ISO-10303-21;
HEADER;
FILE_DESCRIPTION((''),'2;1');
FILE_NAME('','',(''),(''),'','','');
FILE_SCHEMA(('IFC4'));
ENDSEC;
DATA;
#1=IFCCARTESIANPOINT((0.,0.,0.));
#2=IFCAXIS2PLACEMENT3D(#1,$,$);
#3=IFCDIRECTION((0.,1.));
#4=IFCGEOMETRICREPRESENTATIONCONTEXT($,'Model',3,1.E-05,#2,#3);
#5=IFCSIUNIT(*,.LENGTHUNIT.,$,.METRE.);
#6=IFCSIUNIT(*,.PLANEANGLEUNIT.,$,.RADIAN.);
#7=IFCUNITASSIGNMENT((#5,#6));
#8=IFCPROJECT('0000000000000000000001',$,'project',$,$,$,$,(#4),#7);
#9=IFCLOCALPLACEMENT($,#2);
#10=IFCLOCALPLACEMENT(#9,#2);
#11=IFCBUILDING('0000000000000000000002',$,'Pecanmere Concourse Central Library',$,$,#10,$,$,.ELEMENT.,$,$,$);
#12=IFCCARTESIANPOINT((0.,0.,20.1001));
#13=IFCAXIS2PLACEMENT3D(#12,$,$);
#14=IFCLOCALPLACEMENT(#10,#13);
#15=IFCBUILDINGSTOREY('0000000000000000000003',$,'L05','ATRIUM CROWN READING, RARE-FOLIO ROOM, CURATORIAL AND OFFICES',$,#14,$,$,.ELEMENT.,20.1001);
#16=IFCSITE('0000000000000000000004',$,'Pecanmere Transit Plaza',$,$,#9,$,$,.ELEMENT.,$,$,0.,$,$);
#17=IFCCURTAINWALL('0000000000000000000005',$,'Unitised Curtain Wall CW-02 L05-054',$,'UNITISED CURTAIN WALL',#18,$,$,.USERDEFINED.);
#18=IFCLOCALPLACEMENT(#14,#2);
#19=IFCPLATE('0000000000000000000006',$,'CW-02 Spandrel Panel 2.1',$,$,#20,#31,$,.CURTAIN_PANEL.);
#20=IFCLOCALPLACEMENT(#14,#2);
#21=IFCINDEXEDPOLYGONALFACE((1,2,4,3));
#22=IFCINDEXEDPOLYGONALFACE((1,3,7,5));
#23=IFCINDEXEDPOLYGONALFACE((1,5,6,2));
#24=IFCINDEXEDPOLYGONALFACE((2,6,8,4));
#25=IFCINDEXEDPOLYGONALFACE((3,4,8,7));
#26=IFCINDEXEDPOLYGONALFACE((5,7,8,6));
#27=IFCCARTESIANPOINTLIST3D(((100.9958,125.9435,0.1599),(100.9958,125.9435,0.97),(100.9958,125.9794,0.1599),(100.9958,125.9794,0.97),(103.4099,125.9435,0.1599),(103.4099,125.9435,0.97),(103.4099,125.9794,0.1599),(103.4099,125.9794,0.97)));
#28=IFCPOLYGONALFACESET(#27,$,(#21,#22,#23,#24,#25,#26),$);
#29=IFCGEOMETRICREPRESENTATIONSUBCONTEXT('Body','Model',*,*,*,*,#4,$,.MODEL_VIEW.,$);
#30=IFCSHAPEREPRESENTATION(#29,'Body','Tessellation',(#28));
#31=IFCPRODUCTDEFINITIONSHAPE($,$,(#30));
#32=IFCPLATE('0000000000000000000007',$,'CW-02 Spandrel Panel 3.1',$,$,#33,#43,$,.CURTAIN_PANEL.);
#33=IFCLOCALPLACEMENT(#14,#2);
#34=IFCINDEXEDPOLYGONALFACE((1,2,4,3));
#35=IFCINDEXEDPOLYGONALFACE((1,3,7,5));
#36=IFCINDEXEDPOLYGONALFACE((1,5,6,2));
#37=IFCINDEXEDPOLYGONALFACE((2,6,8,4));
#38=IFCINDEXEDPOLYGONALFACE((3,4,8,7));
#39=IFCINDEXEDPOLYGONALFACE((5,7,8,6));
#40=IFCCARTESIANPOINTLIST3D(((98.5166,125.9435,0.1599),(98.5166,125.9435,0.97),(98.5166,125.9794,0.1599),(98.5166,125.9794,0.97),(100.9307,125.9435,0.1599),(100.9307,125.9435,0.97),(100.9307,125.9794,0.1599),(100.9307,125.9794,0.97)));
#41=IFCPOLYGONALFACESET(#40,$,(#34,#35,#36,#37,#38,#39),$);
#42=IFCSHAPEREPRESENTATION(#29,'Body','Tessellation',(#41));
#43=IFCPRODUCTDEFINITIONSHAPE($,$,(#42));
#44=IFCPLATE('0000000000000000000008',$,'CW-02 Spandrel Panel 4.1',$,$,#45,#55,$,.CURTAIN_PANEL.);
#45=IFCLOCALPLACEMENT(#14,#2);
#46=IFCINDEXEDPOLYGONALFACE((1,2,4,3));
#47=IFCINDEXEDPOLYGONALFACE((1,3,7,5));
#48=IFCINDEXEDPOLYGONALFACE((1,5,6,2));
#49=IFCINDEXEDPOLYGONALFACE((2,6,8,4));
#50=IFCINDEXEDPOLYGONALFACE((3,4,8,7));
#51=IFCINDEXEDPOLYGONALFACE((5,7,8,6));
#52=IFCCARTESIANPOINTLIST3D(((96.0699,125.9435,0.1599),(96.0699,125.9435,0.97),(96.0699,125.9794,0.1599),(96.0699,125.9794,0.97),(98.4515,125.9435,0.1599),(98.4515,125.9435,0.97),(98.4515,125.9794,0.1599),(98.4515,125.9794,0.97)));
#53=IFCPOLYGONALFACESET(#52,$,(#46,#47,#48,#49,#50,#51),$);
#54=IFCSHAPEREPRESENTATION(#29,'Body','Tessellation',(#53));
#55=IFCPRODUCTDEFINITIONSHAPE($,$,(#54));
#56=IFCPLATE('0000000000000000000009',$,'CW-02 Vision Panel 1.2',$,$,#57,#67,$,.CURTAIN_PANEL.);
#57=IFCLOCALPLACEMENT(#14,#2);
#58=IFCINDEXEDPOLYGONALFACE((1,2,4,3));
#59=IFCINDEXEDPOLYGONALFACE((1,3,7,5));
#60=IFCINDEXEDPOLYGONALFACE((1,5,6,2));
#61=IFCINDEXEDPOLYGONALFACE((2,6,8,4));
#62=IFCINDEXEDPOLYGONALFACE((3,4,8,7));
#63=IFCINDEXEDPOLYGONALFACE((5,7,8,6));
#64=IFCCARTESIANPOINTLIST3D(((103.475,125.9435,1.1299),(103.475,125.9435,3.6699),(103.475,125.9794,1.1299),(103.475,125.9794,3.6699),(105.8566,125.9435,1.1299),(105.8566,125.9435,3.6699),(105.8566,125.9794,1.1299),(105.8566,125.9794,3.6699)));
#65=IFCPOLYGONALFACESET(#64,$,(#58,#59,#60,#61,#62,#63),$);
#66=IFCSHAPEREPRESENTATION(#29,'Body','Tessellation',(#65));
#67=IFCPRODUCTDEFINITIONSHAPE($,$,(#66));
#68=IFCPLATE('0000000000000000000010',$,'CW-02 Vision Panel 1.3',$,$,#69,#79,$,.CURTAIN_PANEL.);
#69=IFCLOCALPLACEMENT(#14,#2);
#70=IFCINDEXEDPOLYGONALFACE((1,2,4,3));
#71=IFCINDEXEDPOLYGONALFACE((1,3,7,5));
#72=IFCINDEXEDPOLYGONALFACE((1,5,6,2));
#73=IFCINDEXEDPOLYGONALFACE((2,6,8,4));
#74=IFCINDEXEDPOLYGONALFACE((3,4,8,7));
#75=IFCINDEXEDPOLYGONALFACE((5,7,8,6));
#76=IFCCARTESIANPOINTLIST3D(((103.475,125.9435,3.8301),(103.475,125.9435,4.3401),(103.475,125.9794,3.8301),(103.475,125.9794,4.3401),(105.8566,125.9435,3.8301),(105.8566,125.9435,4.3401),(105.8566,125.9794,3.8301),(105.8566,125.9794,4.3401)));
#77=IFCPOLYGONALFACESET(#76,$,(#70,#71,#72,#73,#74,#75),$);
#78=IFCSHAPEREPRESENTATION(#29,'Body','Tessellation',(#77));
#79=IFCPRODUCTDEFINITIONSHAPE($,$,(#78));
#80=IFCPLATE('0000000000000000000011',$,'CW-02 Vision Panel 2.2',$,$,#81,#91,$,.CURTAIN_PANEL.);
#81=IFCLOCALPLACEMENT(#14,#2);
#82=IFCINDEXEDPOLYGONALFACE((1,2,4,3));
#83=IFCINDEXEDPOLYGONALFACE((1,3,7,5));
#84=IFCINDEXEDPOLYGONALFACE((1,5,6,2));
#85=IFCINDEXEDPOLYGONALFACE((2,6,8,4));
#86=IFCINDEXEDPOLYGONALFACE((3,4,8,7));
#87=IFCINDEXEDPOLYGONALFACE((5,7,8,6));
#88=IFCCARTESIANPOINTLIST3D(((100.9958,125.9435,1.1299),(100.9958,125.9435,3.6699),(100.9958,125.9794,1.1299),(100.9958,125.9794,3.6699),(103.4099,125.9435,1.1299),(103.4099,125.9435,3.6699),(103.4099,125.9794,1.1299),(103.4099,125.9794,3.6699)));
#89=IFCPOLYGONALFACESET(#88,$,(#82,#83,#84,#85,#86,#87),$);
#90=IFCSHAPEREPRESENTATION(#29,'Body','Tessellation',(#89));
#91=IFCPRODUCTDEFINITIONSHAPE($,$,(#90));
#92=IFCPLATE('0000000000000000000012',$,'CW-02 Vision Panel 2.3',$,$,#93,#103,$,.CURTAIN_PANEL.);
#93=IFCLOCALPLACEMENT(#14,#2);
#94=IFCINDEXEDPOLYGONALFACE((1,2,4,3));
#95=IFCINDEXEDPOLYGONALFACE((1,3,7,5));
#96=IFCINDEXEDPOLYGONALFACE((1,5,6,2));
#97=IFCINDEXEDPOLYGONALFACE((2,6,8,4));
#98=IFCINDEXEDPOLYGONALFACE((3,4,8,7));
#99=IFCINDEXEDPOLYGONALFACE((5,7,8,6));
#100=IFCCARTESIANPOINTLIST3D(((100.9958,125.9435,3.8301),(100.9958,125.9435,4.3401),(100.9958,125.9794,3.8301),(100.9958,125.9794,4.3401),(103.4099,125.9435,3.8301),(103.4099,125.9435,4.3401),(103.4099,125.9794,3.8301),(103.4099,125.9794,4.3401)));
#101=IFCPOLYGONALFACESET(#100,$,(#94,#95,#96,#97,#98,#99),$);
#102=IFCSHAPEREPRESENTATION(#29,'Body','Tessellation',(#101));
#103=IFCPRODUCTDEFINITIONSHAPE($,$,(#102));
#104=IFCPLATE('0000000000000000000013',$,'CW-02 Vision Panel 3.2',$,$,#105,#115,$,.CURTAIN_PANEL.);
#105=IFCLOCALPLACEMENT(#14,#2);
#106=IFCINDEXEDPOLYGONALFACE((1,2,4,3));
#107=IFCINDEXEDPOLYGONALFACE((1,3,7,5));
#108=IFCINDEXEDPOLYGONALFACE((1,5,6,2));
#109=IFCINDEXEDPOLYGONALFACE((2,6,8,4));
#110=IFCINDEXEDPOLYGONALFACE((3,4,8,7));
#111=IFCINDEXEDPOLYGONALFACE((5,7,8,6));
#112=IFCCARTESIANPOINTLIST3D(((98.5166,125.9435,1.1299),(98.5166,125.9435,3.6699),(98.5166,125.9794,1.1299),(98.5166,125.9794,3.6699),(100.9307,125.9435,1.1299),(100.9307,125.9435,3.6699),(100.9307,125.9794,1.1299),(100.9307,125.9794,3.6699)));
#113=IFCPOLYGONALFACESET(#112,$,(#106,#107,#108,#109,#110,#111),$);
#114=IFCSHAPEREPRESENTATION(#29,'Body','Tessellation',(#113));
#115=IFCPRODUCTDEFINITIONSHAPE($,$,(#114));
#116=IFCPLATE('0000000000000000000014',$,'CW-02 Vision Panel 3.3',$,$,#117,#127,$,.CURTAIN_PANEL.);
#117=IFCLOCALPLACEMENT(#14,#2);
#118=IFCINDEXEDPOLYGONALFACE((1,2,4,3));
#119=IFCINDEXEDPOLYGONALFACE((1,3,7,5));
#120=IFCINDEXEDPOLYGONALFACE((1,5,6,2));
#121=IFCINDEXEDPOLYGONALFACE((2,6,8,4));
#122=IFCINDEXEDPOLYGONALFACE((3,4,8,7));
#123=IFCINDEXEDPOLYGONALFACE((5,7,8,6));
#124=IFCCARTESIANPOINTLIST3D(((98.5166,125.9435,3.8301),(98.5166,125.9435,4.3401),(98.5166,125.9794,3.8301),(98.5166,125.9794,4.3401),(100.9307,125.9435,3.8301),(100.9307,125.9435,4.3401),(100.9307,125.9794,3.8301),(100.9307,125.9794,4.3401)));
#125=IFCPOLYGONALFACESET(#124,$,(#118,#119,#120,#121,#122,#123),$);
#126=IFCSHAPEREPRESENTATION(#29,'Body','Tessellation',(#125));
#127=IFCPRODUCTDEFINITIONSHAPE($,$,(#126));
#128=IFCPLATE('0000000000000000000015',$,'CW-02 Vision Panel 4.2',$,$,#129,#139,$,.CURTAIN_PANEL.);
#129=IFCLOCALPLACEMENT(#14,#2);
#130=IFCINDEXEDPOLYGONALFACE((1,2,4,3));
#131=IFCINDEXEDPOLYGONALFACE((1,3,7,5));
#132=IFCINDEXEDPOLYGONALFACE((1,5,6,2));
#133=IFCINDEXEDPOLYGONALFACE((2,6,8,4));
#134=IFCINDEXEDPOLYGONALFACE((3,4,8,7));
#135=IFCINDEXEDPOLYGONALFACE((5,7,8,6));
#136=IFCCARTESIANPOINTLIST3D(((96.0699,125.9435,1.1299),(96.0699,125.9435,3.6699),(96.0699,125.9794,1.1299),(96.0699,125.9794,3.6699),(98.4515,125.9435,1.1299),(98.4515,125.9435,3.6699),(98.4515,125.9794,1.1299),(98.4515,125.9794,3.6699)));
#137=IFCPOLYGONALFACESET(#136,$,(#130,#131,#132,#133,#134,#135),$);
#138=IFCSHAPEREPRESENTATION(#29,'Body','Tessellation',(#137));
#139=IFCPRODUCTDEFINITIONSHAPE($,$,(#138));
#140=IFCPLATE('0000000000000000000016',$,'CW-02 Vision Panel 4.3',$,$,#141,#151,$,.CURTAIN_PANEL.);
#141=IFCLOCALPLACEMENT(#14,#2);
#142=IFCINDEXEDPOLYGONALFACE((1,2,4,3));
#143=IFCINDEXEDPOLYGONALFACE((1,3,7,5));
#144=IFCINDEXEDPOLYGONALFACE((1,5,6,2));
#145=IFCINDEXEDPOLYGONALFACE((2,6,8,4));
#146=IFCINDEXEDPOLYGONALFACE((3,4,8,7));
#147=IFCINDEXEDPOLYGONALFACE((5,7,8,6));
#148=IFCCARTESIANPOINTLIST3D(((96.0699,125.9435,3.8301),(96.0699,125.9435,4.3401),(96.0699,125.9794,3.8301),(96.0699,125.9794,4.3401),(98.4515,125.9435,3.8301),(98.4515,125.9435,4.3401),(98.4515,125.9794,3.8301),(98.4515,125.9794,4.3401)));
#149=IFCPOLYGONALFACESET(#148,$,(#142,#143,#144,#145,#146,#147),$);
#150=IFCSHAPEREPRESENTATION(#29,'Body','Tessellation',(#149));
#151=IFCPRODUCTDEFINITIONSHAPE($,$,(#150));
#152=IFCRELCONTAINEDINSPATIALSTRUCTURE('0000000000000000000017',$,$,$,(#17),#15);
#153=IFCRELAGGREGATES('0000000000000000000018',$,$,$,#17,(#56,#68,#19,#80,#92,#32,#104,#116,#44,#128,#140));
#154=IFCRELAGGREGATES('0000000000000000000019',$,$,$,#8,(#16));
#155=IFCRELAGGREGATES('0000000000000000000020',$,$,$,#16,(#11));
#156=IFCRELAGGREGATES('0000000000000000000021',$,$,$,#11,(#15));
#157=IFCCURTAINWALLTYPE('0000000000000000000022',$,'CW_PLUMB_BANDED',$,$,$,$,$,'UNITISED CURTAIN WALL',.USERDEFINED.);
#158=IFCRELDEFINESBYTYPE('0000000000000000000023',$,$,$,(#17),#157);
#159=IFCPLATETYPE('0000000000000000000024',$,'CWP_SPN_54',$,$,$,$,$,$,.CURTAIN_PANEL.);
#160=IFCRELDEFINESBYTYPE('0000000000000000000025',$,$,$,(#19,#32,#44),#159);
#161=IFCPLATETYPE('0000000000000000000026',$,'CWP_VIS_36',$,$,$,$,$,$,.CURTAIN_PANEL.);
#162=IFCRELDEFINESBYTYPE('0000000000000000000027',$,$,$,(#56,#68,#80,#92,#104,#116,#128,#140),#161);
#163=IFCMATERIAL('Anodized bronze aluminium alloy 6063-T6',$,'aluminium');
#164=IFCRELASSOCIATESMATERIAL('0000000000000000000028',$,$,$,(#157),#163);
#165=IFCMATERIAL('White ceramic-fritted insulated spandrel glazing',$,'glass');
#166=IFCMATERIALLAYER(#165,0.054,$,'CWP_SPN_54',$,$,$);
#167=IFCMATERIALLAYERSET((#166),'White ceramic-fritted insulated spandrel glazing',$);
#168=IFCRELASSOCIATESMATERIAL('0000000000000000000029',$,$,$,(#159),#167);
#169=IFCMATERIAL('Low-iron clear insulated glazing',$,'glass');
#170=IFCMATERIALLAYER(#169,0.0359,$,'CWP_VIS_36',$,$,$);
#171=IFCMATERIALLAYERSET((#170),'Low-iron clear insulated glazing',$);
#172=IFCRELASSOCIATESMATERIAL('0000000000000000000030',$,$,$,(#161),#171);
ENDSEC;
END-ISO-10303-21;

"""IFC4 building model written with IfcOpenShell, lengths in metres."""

from ifc_helpers import new_model, si_unit, direction, frame, origin, origin_2d, place, context, subcontext, project, spatial, rectangle, extrude, material, layer, layer_set, type_object, element, aggregate, save


model = new_model("IFC4")

# Units and contexts
model_context = context("Model", 3, precision=1e-05, world=origin(), true_north=direction((0.0, 1.0)))
body_context = subcontext(model_context, "Body", "Model", "MODEL_VIEW")
ifc_project = project(units=[si_unit("LENGTHUNIT", "METRE"), si_unit("PLANEANGLEUNIT", "RADIAN")], contexts=[model_context])

# Site, building, storey
site_placement = place(None, origin())
site = spatial("IfcSite", under=ifc_project, at=site_placement, Name="Pecanmere Transit Plaza", CompositionType="ELEMENT", RefElevation=0.0)
building_placement = place(site_placement, origin())
building = spatial("IfcBuilding", under=site, at=building_placement, Name="Pecanmere Concourse Central Library", CompositionType="ELEMENT")
storey_placement = place(building_placement, frame((0.0, 0.0, 20.1001)))
storey = spatial("IfcBuildingStorey", under=building, at=storey_placement, Name="L05", Description="ATRIUM CROWN READING, RARE-FOLIO ROOM, CURATORIAL AND OFFICES", CompositionType="ELEMENT", Elevation=20.1001)

# Curtain wall
ifc_material_1 = material(Name="Anodized bronze aluminium alloy 6063-T6", Category="aluminium")
curtain_wall_type_1 = type_object("IfcCurtainWallType", Name="CW_PLUMB_BANDED", ElementType="UNITISED CURTAIN WALL", PredefinedType="USERDEFINED", material=ifc_material_1)
curtain_wall_1_placement = place(storey_placement, origin())
curtain_wall_1 = element("IfcCurtainWall", 1, at=curtain_wall_1_placement, inside=storey, type_object=curtain_wall_type_1, Name="Unitised Curtain Wall CW-02 L05-054", ObjectType="UNITISED CURTAIN WALL", PredefinedType="USERDEFINED")

# Plates
ifc_material_2 = material(Name="White ceramic-fritted insulated spandrel glazing", Category="glass")
ifc_layer_1 = layer(ifc_material_2, 0.054, Name="CWP_SPN_54")
ifc_layer_set_1 = layer_set([ifc_layer_1], Name="White ceramic-fritted insulated spandrel glazing")
plate_type_1 = type_object("IfcPlateType", Name="CWP_SPN_54", PredefinedType="CURTAIN_PANEL", material=ifc_layer_set_1)
plate_1_placement = place(storey_placement, frame((102.2029, 125.9614, 0.1599), z_axis=(0.0, 0.0, 1.0), x_axis=(-1.0, 0.0, 0.0)))
plate_1 = element("IfcPlate", 2, at=plate_1_placement, type_object=plate_type_1, Name="CW-02 Spandrel Panel 2.1", PredefinedType="CURTAIN_PANEL", context=body_context, shape_type="SweptSolid", body=[
    extrude(rectangle(XDim=2.4141, YDim=0.0359, at=origin_2d()), origin(), (0.0, 0.0, 1.0), 0.8101),
])
plate_2_placement = place(storey_placement, frame((99.7236, 125.9614, 0.1599), z_axis=(0.0, 0.0, 1.0), x_axis=(-1.0, 0.0, 0.0)))
plate_2 = element("IfcPlate", 3, at=plate_2_placement, type_object=plate_type_1, Name="CW-02 Spandrel Panel 3.1", PredefinedType="CURTAIN_PANEL", context=body_context, shape_type="SweptSolid", body=[
    extrude(rectangle(XDim=2.4141, YDim=0.0359, at=origin_2d()), origin(), (0.0, 0.0, 1.0), 0.8101),
])
plate_3_placement = place(storey_placement, frame((97.2607, 125.9614, 0.1599), z_axis=(0.0, 0.0, 1.0), x_axis=(-1.0, 0.0, 0.0)))
plate_3 = element("IfcPlate", 4, at=plate_3_placement, type_object=plate_type_1, Name="CW-02 Spandrel Panel 4.1", PredefinedType="CURTAIN_PANEL", context=body_context, shape_type="SweptSolid", body=[
    extrude(rectangle(XDim=2.3816, YDim=0.0359, at=origin_2d()), origin(), (0.0, 0.0, 1.0), 0.8101),
])
ifc_material_3 = material(Name="Low-iron clear insulated glazing", Category="glass")
ifc_layer_2 = layer(ifc_material_3, 0.0359, Name="CWP_VIS_36")
ifc_layer_set_2 = layer_set([ifc_layer_2], Name="Low-iron clear insulated glazing")
plate_type_2 = type_object("IfcPlateType", Name="CWP_VIS_36", PredefinedType="CURTAIN_PANEL", material=ifc_layer_set_2)
plate_4_placement = place(storey_placement, frame((104.6658, 125.9614, 1.1299), z_axis=(0.0, 0.0, 1.0), x_axis=(-1.0, 0.0, 0.0)))
plate_4 = element("IfcPlate", 5, at=plate_4_placement, type_object=plate_type_2, Name="CW-02 Vision Panel 1.2", PredefinedType="CURTAIN_PANEL", context=body_context, shape_type="SweptSolid", body=[
    extrude(rectangle(XDim=2.3816, YDim=0.0359, at=origin_2d()), origin(), (0.0, 0.0, 1.0), 2.54),
])
plate_5_placement = place(storey_placement, frame((104.6658, 125.9614, 3.8301), z_axis=(0.0, 0.0, 1.0), x_axis=(-1.0, 0.0, 0.0)))
plate_5 = element("IfcPlate", 6, at=plate_5_placement, type_object=plate_type_2, Name="CW-02 Vision Panel 1.3", PredefinedType="CURTAIN_PANEL", context=body_context, shape_type="SweptSolid", body=[
    extrude(rectangle(XDim=2.3816, YDim=0.0359, at=origin_2d()), origin(), (0.0, 0.0, 1.0), 0.51),
])
plate_6_placement = place(storey_placement, frame((102.2029, 125.9614, 1.1299), z_axis=(0.0, 0.0, 1.0), x_axis=(-1.0, 0.0, 0.0)))
plate_6 = element("IfcPlate", 7, at=plate_6_placement, type_object=plate_type_2, Name="CW-02 Vision Panel 2.2", PredefinedType="CURTAIN_PANEL", context=body_context, shape_type="SweptSolid", body=[
    extrude(rectangle(XDim=2.4141, YDim=0.0359, at=origin_2d()), origin(), (0.0, 0.0, 1.0), 2.54),
])
plate_7_placement = place(storey_placement, frame((102.2029, 125.9614, 3.8301), z_axis=(0.0, 0.0, 1.0), x_axis=(-1.0, 0.0, 0.0)))
plate_7 = element("IfcPlate", 8, at=plate_7_placement, type_object=plate_type_2, Name="CW-02 Vision Panel 2.3", PredefinedType="CURTAIN_PANEL", context=body_context, shape_type="SweptSolid", body=[
    extrude(rectangle(XDim=2.4141, YDim=0.0359, at=origin_2d()), origin(), (0.0, 0.0, 1.0), 0.51),
])
plate_8_placement = place(storey_placement, frame((99.7236, 125.9614, 1.1299), z_axis=(0.0, 0.0, 1.0), x_axis=(-1.0, 0.0, 0.0)))
plate_8 = element("IfcPlate", 9, at=plate_8_placement, type_object=plate_type_2, Name="CW-02 Vision Panel 3.2", PredefinedType="CURTAIN_PANEL", context=body_context, shape_type="SweptSolid", body=[
    extrude(rectangle(XDim=2.4141, YDim=0.0359, at=origin_2d()), origin(), (0.0, 0.0, 1.0), 2.54),
])
plate_9_placement = place(storey_placement, frame((99.7236, 125.9614, 3.8301), z_axis=(0.0, 0.0, 1.0), x_axis=(-1.0, 0.0, 0.0)))
plate_9 = element("IfcPlate", 10, at=plate_9_placement, type_object=plate_type_2, Name="CW-02 Vision Panel 3.3", PredefinedType="CURTAIN_PANEL", context=body_context, shape_type="SweptSolid", body=[
    extrude(rectangle(XDim=2.4141, YDim=0.0359, at=origin_2d()), origin(), (0.0, 0.0, 1.0), 0.51),
])
plate_10_placement = place(storey_placement, frame((97.2607, 125.9614, 1.1299), z_axis=(0.0, 0.0, 1.0), x_axis=(-1.0, 0.0, 0.0)))
plate_10 = element("IfcPlate", 11, at=plate_10_placement, type_object=plate_type_2, Name="CW-02 Vision Panel 4.2", PredefinedType="CURTAIN_PANEL", context=body_context, shape_type="SweptSolid", body=[
    extrude(rectangle(XDim=2.3816, YDim=0.0359, at=origin_2d()), origin(), (0.0, 0.0, 1.0), 2.54),
])
plate_11_placement = place(storey_placement, frame((97.2607, 125.9614, 3.8301), z_axis=(0.0, 0.0, 1.0), x_axis=(-1.0, 0.0, 0.0)))
plate_11 = element("IfcPlate", 12, at=plate_11_placement, type_object=plate_type_2, Name="CW-02 Vision Panel 4.3", PredefinedType="CURTAIN_PANEL", context=body_context, shape_type="SweptSolid", body=[
    extrude(rectangle(XDim=2.3816, YDim=0.0359, at=origin_2d()), origin(), (0.0, 0.0, 1.0), 0.51),
])
aggregate(curtain_wall_1, [plate_4, plate_5, plate_1, plate_6, plate_7, plate_2, plate_8, plate_9, plate_3, plate_10, plate_11])

save(model, "model.ifc")
